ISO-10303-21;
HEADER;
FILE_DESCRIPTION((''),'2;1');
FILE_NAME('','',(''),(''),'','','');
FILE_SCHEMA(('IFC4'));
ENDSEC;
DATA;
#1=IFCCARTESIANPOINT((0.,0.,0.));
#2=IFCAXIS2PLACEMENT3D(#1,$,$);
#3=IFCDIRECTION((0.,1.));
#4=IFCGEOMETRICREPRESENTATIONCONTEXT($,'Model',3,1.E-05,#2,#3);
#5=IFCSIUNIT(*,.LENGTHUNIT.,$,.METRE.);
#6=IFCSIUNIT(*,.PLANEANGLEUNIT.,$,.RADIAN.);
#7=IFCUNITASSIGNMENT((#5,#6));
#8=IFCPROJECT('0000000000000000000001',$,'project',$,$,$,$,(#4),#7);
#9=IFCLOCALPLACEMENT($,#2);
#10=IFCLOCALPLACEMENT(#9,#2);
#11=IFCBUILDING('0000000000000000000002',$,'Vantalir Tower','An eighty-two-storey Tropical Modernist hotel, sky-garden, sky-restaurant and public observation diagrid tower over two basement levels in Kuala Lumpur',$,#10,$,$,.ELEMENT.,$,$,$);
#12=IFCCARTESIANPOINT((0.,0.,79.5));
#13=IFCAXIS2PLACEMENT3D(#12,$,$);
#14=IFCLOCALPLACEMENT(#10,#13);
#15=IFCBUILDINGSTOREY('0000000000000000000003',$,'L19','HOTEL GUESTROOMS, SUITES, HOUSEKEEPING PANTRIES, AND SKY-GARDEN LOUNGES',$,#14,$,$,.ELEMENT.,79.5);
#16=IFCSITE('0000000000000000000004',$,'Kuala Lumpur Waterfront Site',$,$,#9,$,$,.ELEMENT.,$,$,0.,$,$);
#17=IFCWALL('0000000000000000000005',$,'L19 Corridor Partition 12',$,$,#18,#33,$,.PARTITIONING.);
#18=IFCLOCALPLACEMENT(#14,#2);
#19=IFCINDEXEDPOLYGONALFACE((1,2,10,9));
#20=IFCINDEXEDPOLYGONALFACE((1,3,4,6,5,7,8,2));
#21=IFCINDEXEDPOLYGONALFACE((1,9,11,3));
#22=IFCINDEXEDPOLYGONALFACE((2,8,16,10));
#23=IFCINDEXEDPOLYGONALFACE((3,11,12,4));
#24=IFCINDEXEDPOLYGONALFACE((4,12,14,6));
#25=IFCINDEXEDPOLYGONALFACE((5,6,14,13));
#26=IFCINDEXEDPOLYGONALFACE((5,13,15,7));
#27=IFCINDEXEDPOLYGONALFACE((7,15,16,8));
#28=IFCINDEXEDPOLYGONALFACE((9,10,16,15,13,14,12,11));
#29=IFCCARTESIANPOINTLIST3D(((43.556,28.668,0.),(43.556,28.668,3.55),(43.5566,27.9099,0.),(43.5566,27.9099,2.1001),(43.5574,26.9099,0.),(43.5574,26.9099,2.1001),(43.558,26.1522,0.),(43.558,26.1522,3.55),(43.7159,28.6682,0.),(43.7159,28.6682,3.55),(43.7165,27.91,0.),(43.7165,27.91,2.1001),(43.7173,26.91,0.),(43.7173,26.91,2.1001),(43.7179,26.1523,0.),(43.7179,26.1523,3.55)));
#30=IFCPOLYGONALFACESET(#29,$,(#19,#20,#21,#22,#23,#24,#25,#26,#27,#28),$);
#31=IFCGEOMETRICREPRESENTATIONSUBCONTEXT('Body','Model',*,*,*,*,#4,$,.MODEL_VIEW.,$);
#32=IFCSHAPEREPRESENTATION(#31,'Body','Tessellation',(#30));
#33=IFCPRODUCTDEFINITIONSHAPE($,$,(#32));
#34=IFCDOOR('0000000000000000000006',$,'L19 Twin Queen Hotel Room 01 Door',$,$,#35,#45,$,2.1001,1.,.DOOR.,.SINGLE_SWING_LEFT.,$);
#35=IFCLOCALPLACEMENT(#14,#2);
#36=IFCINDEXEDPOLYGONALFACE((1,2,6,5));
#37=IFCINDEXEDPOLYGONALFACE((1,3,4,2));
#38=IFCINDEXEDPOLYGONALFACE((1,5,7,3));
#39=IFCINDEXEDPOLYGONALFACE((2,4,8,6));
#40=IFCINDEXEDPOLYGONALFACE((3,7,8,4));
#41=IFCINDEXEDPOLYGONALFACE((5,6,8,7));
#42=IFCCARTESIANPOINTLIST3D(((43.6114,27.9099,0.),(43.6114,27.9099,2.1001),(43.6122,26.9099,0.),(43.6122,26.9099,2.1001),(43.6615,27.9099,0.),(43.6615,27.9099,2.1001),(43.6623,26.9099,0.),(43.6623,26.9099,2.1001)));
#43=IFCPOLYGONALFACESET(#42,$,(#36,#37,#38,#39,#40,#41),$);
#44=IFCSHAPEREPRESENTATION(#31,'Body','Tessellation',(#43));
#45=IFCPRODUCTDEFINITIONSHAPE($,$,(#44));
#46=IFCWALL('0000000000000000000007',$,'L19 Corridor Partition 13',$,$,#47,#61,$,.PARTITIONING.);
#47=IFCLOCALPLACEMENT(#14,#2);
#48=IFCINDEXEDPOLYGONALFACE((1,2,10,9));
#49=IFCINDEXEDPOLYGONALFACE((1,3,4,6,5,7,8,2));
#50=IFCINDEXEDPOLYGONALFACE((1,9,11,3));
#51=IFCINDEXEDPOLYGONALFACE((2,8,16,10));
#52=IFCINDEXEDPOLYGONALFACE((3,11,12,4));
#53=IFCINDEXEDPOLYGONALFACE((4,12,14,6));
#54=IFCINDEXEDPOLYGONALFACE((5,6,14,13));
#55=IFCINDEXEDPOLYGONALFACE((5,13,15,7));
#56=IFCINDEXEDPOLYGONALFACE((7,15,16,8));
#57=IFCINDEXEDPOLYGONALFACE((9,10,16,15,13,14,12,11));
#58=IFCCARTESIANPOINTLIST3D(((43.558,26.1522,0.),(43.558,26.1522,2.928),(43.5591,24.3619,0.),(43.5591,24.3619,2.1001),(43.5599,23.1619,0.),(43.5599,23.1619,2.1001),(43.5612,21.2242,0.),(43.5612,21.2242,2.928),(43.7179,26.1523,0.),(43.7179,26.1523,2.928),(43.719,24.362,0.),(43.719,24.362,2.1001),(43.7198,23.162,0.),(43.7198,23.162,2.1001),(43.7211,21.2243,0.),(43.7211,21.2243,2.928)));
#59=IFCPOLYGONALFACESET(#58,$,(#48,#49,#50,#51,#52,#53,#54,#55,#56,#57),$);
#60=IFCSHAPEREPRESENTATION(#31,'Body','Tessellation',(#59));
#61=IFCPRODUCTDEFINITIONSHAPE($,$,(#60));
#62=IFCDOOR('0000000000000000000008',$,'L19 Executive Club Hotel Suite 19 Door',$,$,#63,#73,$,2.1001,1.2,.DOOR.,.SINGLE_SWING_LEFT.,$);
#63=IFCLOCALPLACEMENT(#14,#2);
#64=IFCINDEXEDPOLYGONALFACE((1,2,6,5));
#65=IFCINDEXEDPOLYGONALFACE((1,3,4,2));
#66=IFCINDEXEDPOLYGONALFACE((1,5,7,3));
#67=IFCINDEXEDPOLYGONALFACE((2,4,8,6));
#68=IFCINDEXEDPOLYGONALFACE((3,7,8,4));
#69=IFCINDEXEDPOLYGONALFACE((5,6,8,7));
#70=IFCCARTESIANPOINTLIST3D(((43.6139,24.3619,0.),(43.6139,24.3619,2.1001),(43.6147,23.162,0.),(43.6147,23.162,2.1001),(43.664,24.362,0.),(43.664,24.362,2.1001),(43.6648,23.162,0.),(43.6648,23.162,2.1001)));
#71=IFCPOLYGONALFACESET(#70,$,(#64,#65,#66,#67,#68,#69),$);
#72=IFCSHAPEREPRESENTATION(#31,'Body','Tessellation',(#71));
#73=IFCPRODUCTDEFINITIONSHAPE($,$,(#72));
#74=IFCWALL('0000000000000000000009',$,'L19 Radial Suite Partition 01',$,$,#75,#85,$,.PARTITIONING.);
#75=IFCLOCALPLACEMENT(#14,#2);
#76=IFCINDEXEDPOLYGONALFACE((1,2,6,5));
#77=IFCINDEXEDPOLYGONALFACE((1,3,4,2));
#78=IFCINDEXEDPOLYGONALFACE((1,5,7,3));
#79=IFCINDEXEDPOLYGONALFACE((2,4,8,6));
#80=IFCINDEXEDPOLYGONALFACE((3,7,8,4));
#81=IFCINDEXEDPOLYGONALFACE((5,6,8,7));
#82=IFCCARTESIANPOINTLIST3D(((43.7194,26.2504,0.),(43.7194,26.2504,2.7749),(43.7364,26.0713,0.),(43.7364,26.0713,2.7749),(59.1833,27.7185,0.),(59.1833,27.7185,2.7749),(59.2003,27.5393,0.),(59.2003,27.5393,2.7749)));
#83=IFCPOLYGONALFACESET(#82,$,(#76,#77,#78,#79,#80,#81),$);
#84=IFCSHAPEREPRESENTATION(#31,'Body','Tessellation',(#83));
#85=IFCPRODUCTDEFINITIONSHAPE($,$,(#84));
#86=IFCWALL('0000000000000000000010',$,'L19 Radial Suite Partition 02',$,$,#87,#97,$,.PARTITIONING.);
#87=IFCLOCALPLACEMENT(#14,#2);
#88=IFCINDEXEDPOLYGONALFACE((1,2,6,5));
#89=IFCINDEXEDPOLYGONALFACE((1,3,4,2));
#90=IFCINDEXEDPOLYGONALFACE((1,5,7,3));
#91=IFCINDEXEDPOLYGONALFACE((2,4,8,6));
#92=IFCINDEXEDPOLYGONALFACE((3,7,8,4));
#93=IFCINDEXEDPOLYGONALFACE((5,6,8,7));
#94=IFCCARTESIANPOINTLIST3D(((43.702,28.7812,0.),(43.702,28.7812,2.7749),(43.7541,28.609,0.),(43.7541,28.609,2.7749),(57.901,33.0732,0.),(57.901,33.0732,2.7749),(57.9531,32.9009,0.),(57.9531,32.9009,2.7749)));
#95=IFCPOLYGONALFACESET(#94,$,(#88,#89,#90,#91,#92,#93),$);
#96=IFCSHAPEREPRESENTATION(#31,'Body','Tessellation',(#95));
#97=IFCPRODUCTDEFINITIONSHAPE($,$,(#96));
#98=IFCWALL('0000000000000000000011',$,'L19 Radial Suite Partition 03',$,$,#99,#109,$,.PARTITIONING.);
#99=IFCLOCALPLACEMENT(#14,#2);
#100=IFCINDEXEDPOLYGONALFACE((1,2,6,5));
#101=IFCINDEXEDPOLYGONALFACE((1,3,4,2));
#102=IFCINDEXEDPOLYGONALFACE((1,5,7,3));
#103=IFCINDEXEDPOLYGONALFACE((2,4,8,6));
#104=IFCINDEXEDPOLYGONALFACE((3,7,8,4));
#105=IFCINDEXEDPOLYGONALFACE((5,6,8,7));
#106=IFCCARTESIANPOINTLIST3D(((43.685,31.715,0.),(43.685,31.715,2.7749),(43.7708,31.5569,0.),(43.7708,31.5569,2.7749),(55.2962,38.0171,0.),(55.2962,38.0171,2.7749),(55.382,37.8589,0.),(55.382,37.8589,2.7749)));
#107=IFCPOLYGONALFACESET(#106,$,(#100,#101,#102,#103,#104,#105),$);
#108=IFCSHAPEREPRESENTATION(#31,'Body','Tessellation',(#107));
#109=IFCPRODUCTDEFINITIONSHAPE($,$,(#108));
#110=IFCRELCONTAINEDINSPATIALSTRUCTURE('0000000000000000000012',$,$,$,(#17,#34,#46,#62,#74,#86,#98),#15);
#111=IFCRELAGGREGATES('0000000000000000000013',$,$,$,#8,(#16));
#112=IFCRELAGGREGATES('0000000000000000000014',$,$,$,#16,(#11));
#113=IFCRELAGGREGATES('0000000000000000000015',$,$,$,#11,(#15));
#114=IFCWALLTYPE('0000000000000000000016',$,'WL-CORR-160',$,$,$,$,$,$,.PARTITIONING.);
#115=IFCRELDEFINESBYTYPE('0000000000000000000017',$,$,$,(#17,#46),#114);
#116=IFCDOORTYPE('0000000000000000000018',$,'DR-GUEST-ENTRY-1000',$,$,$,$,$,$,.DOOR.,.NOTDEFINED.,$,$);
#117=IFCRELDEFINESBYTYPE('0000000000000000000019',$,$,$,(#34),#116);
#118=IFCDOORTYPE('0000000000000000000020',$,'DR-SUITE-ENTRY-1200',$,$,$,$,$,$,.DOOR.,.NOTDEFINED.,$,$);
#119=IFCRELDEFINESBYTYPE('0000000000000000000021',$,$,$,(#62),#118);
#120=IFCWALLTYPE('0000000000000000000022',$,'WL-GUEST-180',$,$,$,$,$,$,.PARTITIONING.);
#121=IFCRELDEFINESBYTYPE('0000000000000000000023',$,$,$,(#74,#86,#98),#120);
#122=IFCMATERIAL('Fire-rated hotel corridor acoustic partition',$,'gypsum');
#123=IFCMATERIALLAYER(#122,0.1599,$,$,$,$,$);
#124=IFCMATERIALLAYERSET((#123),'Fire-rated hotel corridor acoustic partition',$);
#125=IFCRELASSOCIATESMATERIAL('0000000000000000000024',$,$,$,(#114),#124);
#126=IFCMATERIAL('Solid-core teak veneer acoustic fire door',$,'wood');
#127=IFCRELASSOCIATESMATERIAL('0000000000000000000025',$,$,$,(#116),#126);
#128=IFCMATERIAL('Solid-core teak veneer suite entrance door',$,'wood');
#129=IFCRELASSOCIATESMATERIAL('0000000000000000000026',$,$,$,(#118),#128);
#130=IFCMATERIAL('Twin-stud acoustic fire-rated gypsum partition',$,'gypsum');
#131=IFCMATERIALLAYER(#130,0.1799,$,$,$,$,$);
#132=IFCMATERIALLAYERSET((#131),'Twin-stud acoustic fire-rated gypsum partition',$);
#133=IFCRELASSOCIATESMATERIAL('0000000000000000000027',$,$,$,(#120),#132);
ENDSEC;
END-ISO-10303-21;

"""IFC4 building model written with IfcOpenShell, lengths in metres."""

from ifc_helpers import new_model, si_unit, direction, frame, frame_2d, origin, place, context, subcontext, project, spatial, rectangle, extrude, material, layer, layer_set, type_object, element, fill, save


model = new_model("IFC4")

# Units and contexts
model_context = context("Model", 3, precision=1e-05, world=origin(), true_north=direction((0.0, 1.0)))
body_context = subcontext(model_context, "Body", "Model", "MODEL_VIEW")
ifc_project = project(units=[si_unit("LENGTHUNIT", "METRE"), si_unit("PLANEANGLEUNIT", "RADIAN")], contexts=[model_context])

# Site, building, storey
site_placement = place(None, origin())
site = spatial("IfcSite", under=ifc_project, at=site_placement, Name="Kuala Lumpur Waterfront Site", CompositionType="ELEMENT", RefElevation=0.0)
building_placement = place(site_placement, origin())
building = spatial("IfcBuilding", under=site, at=building_placement, Name="Vantalir Tower", Description="An eighty-two-storey Tropical Modernist hotel, sky-garden, sky-restaurant and public observation diagrid tower over two basement levels in Kuala Lumpur", CompositionType="ELEMENT")
storey_placement = place(building_placement, frame((0.0, 0.0, 79.5)))
storey = spatial("IfcBuildingStorey", under=building, at=storey_placement, Name="L19", Description="HOTEL GUESTROOMS, SUITES, HOUSEKEEPING PANTRIES, AND SKY-GARDEN LOUNGES", CompositionType="ELEMENT", Elevation=79.5)

# Walls, openings, doors
ifc_material_1 = material(Name="Fire-rated hotel corridor acoustic partition", Category="gypsum")
ifc_layer_1 = layer(ifc_material_1, 0.1599)
ifc_layer_set_1 = layer_set([ifc_layer_1], Name="Fire-rated hotel corridor acoustic partition")
wall_type_1 = type_object("IfcWallType", Name="WL-CORR-160", PredefinedType="PARTITIONING", material=ifc_layer_set_1)
ifc_material_2 = material(Name="Solid-core teak veneer acoustic fire door", Category="wood")
door_type_1 = type_object("IfcDoorType", Name="DR-GUEST-ENTRY-1000", OperationType="NOTDEFINED", PredefinedType="DOOR", material=ifc_material_2)
wall_1_placement = place(storey_placement, frame((43.636, 28.668, 0.0), z_axis=(0.0, 0.0, 1.0), x_axis=(0.000776, -1.0, 0.0)))
wall_1 = element("IfcWall", 1, at=wall_1_placement, inside=storey, type_object=wall_type_1, Name="L19 Corridor Partition 12", PredefinedType="PARTITIONING", context=body_context, shape_type="SweptSolid", body=[
    extrude(rectangle(XDim=2.5159, YDim=0.1599, at=frame_2d((1.2578, 0.0))), origin(), (0.0, 0.0, 1.0), 3.55),
])
opening_1_placement = place(wall_1_placement, frame((0.7581, 0.0, 0.0)))
opening_1 = element("IfcOpeningElement", 2, at=opening_1_placement, cuts=wall_1, PredefinedType="OPENING", context=body_context, shape_type="SweptSolid", body=[
    extrude(rectangle(XDim=1.0, YDim=2.1001, at=frame_2d((0.5, 1.05))), frame((0.0, 0.0898, 0.0), z_axis=(0.0, -1.0, 0.0), x_axis=(1.0, 0.0, 0.0)), (0.0, 0.0, 1.0), 0.1799),
])
door_1_placement = place(opening_1_placement, origin())
door_1 = element("IfcDoor", 3, at=door_1_placement, inside=storey, type_object=door_type_1, Name="L19 Twin Queen Hotel Room 01 Door", OperationType="SINGLE_SWING_LEFT", OverallHeight=2.1001, OverallWidth=1.0, PredefinedType="DOOR", context=body_context, shape_type="SweptSolid", body=[
    extrude(rectangle(XDim=1.0, YDim=2.1001, at=frame_2d((0.5, 1.05))), frame((0.0, 0.0249, 0.0), z_axis=(0.0, -1.0, 0.0), x_axis=(1.0, 0.0, 0.0)), (0.0, 0.0, 1.0), 0.05),
])
fill(opening_1, door_1)
wall_2_placement = place(storey_placement, frame((43.6379, 26.1521, 0.0), z_axis=(0.0, 0.0, 1.0), x_axis=(0.000644, -1.0, 0.0)))
wall_2 = element("IfcWall", 4, at=wall_2_placement, inside=storey, type_object=wall_type_1, Name="L19 Corridor Partition 13", PredefinedType="PARTITIONING", context=body_context, shape_type="SweptSolid", body=[
    extrude(rectangle(XDim=4.928, YDim=0.1599, at=frame_2d((2.4639, 0.0))), origin(), (0.0, 0.0, 1.0), 2.928),
])
opening_2_placement = place(wall_2_placement, frame((1.79, 0.0, 0.0)))
opening_2 = element("IfcOpeningElement", 5, at=opening_2_placement, cuts=wall_2, PredefinedType="OPENING", context=body_context, shape_type="SweptSolid", body=[
    extrude(rectangle(XDim=1.2, YDim=2.1001, at=frame_2d((0.6001, 1.05))), frame((0.0, 0.0898, 0.0), z_axis=(0.0, -1.0, 0.0), x_axis=(1.0, 0.0, 0.0)), (0.0, 0.0, 1.0), 0.1799),
])
ifc_material_3 = material(Name="Solid-core teak veneer suite entrance door", Category="wood")
door_type_2 = type_object("IfcDoorType", Name="DR-SUITE-ENTRY-1200", OperationType="NOTDEFINED", PredefinedType="DOOR", material=ifc_material_3)
door_2_placement = place(opening_2_placement, origin())
door_2 = element("IfcDoor", 6, at=door_2_placement, inside=storey, type_object=door_type_2, Name="L19 Executive Club Hotel Suite 19 Door", OperationType="SINGLE_SWING_LEFT", OverallHeight=2.1001, OverallWidth=1.2, PredefinedType="DOOR", context=body_context, shape_type="SweptSolid", body=[
    extrude(rectangle(XDim=1.2, YDim=2.1001, at=frame_2d((0.6001, 1.05))), frame((0.0, 0.0249, 0.0), z_axis=(0.0, -1.0, 0.0), x_axis=(1.0, 0.0, 0.0)), (0.0, 0.0, 1.0), 0.05),
])
fill(opening_2, door_2)

# Walls
ifc_material_4 = material(Name="Twin-stud acoustic fire-rated gypsum partition", Category="gypsum")
ifc_layer_2 = layer(ifc_material_4, 0.1799)
ifc_layer_set_2 = layer_set([ifc_layer_2], Name="Twin-stud acoustic fire-rated gypsum partition")
wall_type_2 = type_object("IfcWallType", Name="WL-GUEST-180", PredefinedType="PARTITIONING", material=ifc_layer_set_2)
wall_3_placement = place(storey_placement, frame((43.728, 26.1609, 0.0), z_axis=(0.0, 0.0, 1.0), x_axis=(0.995524, 0.094507, 0.0)))
element("IfcWall", 7, at=wall_3_placement, inside=storey, type_object=wall_type_2, Name="L19 Radial Suite Partition 01", PredefinedType="PARTITIONING", context=body_context, shape_type="SweptSolid", body=[
    extrude(rectangle(XDim=15.5334, YDim=0.1799, at=frame_2d((7.7666, 0.0))), origin(), (0.0, 0.0, 1.0), 2.7749),
])
wall_4_placement = place(storey_placement, frame((43.728, 28.6951, 0.0), z_axis=(0.0, 0.0, 1.0), x_axis=(0.957225, 0.289345, 0.0)))
element("IfcWall", 8, at=wall_4_placement, inside=storey, type_object=wall_type_2, Name="L19 Radial Suite Partition 02", PredefinedType="PARTITIONING", context=body_context, shape_type="SweptSolid", body=[
    extrude(rectangle(XDim=14.8335, YDim=0.1799, at=frame_2d((7.4167, 0.0))), origin(), (0.0, 0.0, 1.0), 2.7749),
])
wall_5_placement = place(storey_placement, frame((43.728, 31.636, 0.0), z_axis=(0.0, 0.0, 1.0), x_axis=(0.87889, 0.477024, 0.0)))
element("IfcWall", 9, at=wall_5_placement, inside=storey, type_object=wall_type_2, Name="L19 Radial Suite Partition 03", PredefinedType="PARTITIONING", context=body_context, shape_type="SweptSolid", body=[
    extrude(rectangle(XDim=13.2112, YDim=0.1799, at=frame_2d((6.6055, 0.0))), origin(), (0.0, 0.0, 1.0), 2.7749),
])

save(model, "model.ifc")
